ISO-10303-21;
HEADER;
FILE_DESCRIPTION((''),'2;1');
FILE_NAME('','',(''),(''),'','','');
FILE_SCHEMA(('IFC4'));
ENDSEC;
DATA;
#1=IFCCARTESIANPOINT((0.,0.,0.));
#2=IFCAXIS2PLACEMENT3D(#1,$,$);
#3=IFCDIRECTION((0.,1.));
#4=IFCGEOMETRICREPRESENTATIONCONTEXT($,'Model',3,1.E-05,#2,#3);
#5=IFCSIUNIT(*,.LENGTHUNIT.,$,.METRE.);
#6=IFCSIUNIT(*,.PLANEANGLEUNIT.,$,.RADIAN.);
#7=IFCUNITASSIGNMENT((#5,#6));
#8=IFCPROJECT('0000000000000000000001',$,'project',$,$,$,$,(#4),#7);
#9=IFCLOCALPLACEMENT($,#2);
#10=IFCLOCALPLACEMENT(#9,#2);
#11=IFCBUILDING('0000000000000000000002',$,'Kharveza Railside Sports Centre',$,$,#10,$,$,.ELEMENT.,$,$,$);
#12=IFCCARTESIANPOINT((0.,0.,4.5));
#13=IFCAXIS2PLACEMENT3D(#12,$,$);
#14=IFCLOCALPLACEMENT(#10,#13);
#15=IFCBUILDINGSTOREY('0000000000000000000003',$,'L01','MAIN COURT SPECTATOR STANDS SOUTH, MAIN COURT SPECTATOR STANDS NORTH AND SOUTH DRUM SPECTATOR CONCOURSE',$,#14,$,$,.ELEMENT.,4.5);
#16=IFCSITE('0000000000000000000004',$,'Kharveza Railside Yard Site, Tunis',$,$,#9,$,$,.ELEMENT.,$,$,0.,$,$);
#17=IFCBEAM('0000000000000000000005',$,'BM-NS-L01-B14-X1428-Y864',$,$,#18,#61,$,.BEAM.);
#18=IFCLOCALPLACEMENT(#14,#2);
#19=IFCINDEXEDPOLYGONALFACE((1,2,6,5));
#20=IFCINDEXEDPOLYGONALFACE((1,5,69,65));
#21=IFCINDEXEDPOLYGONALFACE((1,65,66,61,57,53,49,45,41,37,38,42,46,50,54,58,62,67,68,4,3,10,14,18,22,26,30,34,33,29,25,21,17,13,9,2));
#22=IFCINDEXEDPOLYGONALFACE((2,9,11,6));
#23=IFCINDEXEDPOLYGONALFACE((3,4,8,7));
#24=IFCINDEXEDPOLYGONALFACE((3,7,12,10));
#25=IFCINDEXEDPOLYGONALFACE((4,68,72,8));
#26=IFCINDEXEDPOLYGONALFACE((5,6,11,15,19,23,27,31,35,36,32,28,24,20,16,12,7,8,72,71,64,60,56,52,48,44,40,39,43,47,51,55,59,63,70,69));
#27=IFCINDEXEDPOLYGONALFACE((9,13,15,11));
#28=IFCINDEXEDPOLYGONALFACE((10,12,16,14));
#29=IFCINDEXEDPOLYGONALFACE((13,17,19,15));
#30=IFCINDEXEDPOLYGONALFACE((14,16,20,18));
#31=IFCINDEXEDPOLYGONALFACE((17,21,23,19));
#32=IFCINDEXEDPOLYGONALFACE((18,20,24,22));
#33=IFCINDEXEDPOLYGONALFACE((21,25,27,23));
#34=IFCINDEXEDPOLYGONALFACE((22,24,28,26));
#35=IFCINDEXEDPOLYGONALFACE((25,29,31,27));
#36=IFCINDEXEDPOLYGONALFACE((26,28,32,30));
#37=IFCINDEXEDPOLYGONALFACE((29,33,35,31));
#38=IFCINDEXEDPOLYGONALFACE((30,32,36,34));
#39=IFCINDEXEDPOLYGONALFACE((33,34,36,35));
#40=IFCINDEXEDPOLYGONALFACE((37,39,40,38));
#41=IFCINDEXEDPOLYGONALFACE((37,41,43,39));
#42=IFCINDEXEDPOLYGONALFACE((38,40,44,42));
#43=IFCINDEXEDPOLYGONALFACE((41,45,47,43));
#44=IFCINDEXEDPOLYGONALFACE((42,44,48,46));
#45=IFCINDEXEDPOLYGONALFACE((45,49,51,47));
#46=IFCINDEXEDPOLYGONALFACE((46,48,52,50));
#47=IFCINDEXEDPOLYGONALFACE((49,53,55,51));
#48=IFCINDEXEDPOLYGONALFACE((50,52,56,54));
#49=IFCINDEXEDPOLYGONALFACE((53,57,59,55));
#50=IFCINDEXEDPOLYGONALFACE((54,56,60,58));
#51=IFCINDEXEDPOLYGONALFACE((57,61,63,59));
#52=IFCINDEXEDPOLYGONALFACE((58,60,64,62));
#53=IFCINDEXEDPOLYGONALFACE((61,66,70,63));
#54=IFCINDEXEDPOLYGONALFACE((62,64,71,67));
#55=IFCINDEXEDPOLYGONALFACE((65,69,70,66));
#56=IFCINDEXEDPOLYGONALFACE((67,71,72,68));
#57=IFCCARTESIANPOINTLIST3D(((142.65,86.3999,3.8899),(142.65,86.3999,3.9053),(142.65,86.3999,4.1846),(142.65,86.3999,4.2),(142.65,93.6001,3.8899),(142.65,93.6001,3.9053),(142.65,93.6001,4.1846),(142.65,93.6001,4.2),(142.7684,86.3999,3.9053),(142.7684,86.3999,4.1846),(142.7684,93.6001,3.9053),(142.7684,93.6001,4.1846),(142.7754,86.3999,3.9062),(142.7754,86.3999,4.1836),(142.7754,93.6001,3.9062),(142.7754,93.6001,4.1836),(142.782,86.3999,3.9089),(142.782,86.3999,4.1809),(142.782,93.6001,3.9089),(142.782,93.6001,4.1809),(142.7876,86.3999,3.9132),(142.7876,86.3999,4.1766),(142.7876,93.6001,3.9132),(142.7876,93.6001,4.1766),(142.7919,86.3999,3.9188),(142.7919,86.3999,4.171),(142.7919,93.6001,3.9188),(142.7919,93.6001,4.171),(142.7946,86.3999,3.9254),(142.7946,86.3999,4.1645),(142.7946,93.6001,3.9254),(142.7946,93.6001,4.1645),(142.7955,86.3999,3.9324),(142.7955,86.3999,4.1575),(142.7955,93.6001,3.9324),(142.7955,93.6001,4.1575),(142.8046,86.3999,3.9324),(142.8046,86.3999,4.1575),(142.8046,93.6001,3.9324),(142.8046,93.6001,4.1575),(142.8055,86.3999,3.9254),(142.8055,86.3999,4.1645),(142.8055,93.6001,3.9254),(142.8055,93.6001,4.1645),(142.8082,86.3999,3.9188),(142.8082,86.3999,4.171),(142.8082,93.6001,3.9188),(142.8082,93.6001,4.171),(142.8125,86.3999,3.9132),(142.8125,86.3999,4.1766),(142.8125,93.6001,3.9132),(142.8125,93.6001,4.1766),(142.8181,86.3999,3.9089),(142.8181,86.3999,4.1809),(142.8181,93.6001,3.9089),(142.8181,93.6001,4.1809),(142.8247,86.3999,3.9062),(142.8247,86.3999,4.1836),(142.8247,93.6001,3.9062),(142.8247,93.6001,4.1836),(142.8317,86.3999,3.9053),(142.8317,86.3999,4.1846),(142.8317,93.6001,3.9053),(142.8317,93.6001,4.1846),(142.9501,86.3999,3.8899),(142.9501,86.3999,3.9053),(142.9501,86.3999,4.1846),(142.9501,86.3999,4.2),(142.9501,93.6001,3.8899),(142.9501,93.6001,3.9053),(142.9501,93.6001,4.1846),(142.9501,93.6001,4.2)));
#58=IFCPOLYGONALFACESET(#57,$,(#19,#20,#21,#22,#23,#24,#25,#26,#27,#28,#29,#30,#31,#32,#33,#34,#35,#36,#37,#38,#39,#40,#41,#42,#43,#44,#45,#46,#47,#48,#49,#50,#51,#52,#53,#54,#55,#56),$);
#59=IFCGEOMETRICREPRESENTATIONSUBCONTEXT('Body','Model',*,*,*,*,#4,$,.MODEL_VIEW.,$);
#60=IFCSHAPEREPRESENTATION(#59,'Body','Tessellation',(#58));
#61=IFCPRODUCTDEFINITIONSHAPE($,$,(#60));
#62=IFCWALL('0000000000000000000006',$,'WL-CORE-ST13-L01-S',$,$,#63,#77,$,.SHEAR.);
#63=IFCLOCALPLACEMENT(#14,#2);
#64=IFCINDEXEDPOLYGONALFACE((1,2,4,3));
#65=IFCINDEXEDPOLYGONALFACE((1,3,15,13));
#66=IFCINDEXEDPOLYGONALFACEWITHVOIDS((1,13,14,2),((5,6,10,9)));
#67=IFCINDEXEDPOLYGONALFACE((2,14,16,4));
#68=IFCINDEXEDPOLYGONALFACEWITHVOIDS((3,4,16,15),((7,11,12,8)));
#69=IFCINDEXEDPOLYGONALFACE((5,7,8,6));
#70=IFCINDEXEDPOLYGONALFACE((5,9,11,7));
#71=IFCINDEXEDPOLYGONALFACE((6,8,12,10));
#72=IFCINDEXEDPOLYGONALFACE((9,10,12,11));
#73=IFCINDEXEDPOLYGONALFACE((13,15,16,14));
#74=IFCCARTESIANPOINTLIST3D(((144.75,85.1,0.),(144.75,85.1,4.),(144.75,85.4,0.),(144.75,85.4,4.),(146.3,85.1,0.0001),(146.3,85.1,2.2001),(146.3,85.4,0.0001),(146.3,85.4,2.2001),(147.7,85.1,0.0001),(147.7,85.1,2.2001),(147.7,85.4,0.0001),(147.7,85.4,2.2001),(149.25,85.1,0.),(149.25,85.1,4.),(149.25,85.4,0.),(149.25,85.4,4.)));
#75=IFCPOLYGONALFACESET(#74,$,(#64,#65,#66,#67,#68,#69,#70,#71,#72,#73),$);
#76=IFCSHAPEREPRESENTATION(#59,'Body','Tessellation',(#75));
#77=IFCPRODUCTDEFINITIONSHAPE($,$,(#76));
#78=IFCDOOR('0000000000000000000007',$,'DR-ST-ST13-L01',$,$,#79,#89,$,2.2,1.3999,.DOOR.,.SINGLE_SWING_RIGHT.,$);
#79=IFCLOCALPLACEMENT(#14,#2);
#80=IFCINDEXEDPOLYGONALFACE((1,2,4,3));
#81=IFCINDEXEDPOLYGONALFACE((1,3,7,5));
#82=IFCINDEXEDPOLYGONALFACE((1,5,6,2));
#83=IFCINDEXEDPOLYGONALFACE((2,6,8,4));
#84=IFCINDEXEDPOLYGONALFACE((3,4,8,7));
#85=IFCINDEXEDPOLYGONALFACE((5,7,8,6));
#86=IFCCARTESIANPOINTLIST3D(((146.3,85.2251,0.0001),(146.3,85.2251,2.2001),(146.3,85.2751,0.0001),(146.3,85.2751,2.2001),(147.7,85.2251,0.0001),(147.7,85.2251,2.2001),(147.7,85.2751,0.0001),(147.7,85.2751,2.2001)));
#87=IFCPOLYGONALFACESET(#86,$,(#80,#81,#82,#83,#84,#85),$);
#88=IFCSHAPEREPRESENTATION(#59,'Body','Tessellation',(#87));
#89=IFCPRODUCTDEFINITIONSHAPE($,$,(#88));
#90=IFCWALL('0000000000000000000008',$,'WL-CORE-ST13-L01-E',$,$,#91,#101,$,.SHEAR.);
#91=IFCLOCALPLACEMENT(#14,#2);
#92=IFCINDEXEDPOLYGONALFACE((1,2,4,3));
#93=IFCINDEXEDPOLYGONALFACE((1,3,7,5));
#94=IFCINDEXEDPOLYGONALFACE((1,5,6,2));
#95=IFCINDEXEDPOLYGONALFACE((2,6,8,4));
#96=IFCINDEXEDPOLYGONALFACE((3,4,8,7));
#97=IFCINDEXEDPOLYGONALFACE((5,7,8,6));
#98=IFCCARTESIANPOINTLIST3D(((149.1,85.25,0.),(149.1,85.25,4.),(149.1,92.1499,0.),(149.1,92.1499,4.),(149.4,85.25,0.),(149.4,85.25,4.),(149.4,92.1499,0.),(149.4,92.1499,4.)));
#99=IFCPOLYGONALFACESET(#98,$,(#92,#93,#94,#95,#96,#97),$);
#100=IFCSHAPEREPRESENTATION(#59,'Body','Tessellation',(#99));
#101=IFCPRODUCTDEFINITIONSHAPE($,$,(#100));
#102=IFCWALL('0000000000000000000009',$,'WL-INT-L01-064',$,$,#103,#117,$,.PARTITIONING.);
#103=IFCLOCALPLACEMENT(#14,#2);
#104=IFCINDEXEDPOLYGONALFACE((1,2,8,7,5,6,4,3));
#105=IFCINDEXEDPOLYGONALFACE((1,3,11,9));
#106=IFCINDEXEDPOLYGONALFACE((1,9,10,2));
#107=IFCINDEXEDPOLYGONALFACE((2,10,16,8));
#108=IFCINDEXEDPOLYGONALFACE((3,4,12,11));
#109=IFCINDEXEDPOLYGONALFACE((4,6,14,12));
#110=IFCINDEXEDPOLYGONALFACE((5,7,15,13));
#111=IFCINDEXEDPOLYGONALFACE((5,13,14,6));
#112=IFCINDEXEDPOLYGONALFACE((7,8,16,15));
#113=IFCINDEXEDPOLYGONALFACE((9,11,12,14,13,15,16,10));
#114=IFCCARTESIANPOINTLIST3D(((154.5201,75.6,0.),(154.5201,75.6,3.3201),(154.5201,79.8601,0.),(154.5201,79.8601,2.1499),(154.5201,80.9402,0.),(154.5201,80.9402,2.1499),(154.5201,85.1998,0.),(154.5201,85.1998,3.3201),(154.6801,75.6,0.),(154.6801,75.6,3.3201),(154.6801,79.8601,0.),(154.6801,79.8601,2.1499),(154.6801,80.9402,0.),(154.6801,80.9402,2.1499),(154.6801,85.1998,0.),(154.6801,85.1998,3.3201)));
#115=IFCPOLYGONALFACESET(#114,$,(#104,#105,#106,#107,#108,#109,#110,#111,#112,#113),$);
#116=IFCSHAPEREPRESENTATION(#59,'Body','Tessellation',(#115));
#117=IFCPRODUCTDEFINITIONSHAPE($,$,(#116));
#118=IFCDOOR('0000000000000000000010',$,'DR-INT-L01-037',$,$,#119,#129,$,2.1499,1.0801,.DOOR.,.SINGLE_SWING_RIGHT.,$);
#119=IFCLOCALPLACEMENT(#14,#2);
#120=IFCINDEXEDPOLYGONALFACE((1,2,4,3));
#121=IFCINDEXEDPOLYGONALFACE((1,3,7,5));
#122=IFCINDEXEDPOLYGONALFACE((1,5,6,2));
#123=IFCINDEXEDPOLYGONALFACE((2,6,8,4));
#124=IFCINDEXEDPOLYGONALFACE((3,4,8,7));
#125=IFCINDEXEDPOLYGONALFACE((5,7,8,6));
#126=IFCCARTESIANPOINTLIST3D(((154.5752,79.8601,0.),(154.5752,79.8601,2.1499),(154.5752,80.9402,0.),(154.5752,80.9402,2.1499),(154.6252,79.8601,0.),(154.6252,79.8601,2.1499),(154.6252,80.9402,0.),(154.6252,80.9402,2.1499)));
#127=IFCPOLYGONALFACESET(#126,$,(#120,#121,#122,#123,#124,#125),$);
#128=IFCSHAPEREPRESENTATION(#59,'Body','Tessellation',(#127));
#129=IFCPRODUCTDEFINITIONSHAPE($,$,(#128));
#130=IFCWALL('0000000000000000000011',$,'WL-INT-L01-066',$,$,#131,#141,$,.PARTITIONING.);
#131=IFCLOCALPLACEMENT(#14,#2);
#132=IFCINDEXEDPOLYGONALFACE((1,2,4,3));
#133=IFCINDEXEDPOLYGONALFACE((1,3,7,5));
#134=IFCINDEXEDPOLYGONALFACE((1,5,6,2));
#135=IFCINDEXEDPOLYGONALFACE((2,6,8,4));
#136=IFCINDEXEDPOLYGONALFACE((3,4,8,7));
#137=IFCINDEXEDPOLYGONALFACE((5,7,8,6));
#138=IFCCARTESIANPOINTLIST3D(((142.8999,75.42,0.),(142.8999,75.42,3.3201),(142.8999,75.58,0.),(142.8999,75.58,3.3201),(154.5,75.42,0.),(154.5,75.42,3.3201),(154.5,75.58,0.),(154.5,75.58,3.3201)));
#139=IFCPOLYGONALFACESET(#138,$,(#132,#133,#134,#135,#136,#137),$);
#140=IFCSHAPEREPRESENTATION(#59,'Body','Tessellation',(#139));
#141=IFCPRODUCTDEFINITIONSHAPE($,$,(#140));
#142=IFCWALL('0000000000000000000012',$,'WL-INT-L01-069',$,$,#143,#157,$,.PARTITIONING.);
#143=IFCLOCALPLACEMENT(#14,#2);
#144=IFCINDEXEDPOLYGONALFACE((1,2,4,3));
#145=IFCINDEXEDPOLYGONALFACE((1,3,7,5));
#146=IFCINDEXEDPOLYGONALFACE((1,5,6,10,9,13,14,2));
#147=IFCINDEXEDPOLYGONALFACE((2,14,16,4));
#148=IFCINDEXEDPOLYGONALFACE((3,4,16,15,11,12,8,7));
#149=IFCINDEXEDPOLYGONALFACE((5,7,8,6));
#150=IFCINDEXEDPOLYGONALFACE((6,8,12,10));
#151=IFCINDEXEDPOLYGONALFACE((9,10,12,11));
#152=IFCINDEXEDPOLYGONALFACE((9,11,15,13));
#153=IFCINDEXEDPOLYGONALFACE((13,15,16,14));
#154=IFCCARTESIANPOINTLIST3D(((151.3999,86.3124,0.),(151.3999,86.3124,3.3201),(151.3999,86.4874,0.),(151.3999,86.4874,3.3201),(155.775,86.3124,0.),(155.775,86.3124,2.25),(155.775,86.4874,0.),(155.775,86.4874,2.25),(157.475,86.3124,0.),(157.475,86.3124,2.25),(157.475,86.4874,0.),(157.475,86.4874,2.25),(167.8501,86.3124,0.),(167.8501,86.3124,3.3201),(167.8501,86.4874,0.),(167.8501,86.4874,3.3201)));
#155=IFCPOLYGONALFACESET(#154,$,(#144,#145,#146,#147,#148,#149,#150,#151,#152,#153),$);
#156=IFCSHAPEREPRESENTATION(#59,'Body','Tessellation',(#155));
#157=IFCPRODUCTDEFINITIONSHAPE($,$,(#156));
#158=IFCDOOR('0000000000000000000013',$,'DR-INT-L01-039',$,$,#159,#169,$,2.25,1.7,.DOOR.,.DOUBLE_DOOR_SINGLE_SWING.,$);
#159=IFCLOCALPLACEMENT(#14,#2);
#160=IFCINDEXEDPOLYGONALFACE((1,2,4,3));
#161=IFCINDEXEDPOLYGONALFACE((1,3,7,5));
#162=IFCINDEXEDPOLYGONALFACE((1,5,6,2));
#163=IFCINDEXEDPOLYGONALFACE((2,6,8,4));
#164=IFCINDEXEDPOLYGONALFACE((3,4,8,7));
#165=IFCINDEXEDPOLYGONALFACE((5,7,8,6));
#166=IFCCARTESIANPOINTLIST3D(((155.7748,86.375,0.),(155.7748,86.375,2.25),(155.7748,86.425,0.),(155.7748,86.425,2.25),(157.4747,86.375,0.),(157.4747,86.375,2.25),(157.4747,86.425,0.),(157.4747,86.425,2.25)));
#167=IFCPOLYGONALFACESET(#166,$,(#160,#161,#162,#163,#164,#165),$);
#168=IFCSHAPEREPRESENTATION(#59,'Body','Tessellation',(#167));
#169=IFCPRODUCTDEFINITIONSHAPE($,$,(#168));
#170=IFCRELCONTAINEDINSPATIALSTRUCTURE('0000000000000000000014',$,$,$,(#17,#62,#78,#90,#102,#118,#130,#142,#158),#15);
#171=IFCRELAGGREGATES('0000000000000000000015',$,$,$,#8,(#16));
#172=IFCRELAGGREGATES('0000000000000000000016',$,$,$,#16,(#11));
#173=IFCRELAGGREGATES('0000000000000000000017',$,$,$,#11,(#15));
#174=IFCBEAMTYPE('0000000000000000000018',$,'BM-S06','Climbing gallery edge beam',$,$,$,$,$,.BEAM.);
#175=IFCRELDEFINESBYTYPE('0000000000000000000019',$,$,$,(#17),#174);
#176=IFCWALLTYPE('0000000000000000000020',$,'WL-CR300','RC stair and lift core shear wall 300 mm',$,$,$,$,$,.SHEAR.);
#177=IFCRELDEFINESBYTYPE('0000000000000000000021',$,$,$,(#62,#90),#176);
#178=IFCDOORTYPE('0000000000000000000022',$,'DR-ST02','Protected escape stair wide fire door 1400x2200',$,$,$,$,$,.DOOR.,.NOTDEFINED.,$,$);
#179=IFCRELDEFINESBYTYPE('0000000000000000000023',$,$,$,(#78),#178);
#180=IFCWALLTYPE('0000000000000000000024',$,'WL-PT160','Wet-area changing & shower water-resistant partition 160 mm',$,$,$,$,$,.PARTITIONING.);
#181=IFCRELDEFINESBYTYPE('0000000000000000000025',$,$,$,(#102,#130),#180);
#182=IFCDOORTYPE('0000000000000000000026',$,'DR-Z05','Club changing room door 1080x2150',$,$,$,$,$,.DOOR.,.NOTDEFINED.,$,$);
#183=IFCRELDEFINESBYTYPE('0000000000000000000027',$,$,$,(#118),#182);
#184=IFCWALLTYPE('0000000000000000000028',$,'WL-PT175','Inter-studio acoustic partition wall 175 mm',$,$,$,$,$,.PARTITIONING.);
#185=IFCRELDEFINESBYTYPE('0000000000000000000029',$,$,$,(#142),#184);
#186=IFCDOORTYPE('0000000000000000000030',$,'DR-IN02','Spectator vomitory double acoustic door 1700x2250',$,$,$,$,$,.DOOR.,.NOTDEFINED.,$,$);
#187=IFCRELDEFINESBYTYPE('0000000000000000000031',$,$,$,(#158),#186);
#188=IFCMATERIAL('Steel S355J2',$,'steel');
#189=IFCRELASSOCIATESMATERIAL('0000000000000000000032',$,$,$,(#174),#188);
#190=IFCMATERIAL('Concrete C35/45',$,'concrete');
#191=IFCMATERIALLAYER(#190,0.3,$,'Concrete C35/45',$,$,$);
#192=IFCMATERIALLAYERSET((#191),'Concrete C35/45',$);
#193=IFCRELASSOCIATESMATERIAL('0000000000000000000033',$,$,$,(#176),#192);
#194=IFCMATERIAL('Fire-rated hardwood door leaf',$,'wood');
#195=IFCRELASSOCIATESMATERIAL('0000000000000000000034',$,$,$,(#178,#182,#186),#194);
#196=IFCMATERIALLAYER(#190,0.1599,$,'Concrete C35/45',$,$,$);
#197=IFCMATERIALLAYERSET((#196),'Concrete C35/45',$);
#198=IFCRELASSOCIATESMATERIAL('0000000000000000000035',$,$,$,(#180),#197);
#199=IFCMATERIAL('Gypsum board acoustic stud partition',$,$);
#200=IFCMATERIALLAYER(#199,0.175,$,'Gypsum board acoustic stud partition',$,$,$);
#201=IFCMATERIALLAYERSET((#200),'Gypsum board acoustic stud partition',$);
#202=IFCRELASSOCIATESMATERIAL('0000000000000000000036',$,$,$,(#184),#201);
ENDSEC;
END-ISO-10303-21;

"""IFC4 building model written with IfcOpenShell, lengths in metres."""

from ifc_helpers import new_model, si_unit, direction, frame, frame_2d, origin, origin_2d, place, context, subcontext, project, spatial, rectangle, i_section, extrude, material, layer, layer_set, material_profile, profile_set, type_object, element, fill, save


model = new_model("IFC4")

# Units and contexts
model_context = context("Model", 3, precision=1e-05, world=origin(), true_north=direction((0.0, 1.0)))
body_context = subcontext(model_context, "Body", "Model", "MODEL_VIEW")
ifc_project = project(units=[si_unit("LENGTHUNIT", "METRE"), si_unit("PLANEANGLEUNIT", "RADIAN")], contexts=[model_context])

# Site, building, storey
site_placement = place(None, origin())
site = spatial("IfcSite", under=ifc_project, at=site_placement, Name="Kharveza Railside Yard Site, Tunis", CompositionType="ELEMENT", RefElevation=0.0)
building_placement = place(site_placement, origin())
building = spatial("IfcBuilding", under=site, at=building_placement, Name="Kharveza Railside Sports Centre", CompositionType="ELEMENT")
storey_placement = place(building_placement, frame((0.0, 0.0, 4.5)))
storey = spatial("IfcBuildingStorey", under=building, at=storey_placement, Name="L01", Description="MAIN COURT SPECTATOR STANDS SOUTH, MAIN COURT SPECTATOR STANDS NORTH AND SOUTH DRUM SPECTATOR CONCOURSE", CompositionType="ELEMENT", Elevation=4.5)

# Shared definitions
ifc_material_1 = material(Name="Steel S355J2", Category="steel")

# Beam
ifc_material_profile_1 = material_profile(ifc_material_1, i_section(OverallWidth=0.3, OverallDepth=0.3101, WebThickness=0.009, FlangeThickness=0.0154, FilletRadius=0.0271, at=origin_2d()), Name="HEA 320")
ifc_profile_set_1 = profile_set([ifc_material_profile_1], Name="Steel S355J2")
beam_type_1 = type_object("IfcBeamType", Name="BM-S06", Description="Climbing gallery edge beam", PredefinedType="BEAM", material=ifc_profile_set_1)
beam_1_placement = place(storey_placement, frame((142.8, 86.3999, 4.0449), z_axis=(0.0, 1.0, 0.0), x_axis=(-1.0, 0.0, 0.0)))
element("IfcBeam", 1, at=beam_1_placement, inside=storey, type_object=beam_type_1, Name="BM-NS-L01-B14-X1428-Y864", PredefinedType="BEAM", context=body_context, shape_type="SweptSolid", body=[
    extrude(i_section(OverallWidth=0.3, OverallDepth=0.3101, WebThickness=0.009, FlangeThickness=0.0154, FilletRadius=0.0271, at=origin_2d()), origin(), (0.0, 0.0, 1.0), 7.2002),
])

# Wall, opening, door
ifc_material_2 = material(Name="Concrete C35/45", Category="concrete")
ifc_layer_1 = layer(ifc_material_2, 0.3, Name="Concrete C35/45")
ifc_layer_set_1 = layer_set([ifc_layer_1], Name="Concrete C35/45")
wall_type_1 = type_object("IfcWallType", Name="WL-CR300", Description="RC stair and lift core shear wall 300 mm", PredefinedType="SHEAR", material=ifc_layer_set_1)
wall_1_placement = place(storey_placement, frame((144.75, 85.25, 0.0), z_axis=(0.0, 0.0, 1.0), x_axis=(1.0, 0.0, 0.0)))
wall_1 = element("IfcWall", 2, at=wall_1_placement, inside=storey, type_object=wall_type_1, Name="WL-CORE-ST13-L01-S", PredefinedType="SHEAR", context=body_context, shape_type="SweptSolid", body=[
    extrude(rectangle(XDim=4.5, YDim=0.3, at=frame_2d((2.25, 0.0))), origin(), (0.0, 0.0, 1.0), 4.0),
])
opening_1_placement = place(wall_1_placement, frame((1.55, 0.0, 0.0)))
opening_1 = element("IfcOpeningElement", 3, at=opening_1_placement, cuts=wall_1, PredefinedType="OPENING", context=body_context, shape_type="SweptSolid", body=[
    extrude(rectangle(XDim=1.3999, YDim=2.2, at=frame_2d((0.7, 1.1001))), frame((0.0, 0.1748, 0.0), z_axis=(0.0, -1.0, 0.0), x_axis=(1.0, 0.0, 0.0)), (0.0, 0.0, 1.0), 0.3499),
])
ifc_material_3 = material(Name="Fire-rated hardwood door leaf", Category="wood")
door_type_1 = type_object("IfcDoorType", Name="DR-ST02", Description="Protected escape stair wide fire door 1400x2200", OperationType="NOTDEFINED", PredefinedType="DOOR", material=ifc_material_3)
door_1_placement = place(opening_1_placement, frame((1.3999, 0.0, 0.0), z_axis=(0.0, 0.0, 1.0), x_axis=(-1.0, 0.0, 0.0)))
door_1 = element("IfcDoor", 4, at=door_1_placement, inside=storey, type_object=door_type_1, Name="DR-ST-ST13-L01", OperationType="SINGLE_SWING_RIGHT", OverallHeight=2.2, OverallWidth=1.3999, PredefinedType="DOOR", context=body_context, shape_type="SweptSolid", body=[
    extrude(rectangle(XDim=1.3999, YDim=2.2, at=frame_2d((0.7, 1.1001))), frame((0.0, 0.0249, 0.0), z_axis=(0.0, -1.0, 0.0), x_axis=(1.0, 0.0, 0.0)), (0.0, 0.0, 1.0), 0.05),
])
fill(opening_1, door_1)

# Wall
wall_2_placement = place(storey_placement, frame((149.25, 85.25, 0.0), z_axis=(0.0, 0.0, 1.0), x_axis=(0.0, 1.0, 0.0)))
element("IfcWall", 5, at=wall_2_placement, inside=storey, type_object=wall_type_1, Name="WL-CORE-ST13-L01-E", PredefinedType="SHEAR", context=body_context, shape_type="SweptSolid", body=[
    extrude(rectangle(XDim=6.8999, YDim=0.3, at=frame_2d((3.45, 0.0))), origin(), (0.0, 0.0, 1.0), 4.0),
])

# Wall, opening, door
ifc_layer_2 = layer(ifc_material_2, 0.1599, Name="Concrete C35/45")
ifc_layer_set_2 = layer_set([ifc_layer_2], Name="Concrete C35/45")
wall_type_2 = type_object("IfcWallType", Name="WL-PT160", Description="Wet-area changing & shower water-resistant partition 160 mm", PredefinedType="PARTITIONING", material=ifc_layer_set_2)
wall_3_placement = place(storey_placement, frame((154.6001, 75.6001, 0.0), z_axis=(0.0, 0.0, 1.0), x_axis=(0.0, 1.0, 0.0)))
wall_3 = element("IfcWall", 6, at=wall_3_placement, inside=storey, type_object=wall_type_2, Name="WL-INT-L01-064", PredefinedType="PARTITIONING", context=body_context, shape_type="SweptSolid", body=[
    extrude(rectangle(XDim=9.5999, YDim=0.1599, at=frame_2d((4.7998, 0.0))), origin(), (0.0, 0.0, 1.0), 3.3201),
])
opening_2_placement = place(wall_3_placement, frame((4.26, 0.0, 0.0)))
opening_2 = element("IfcOpeningElement", 7, at=opening_2_placement, cuts=wall_3, PredefinedType="OPENING", context=body_context, shape_type="SweptSolid", body=[
    extrude(rectangle(XDim=1.0801, YDim=2.1499, at=frame_2d((0.54, 1.075))), frame((0.0, 0.105, 0.0), z_axis=(0.0, -1.0, 0.0), x_axis=(1.0, 0.0, 0.0)), (0.0, 0.0, 1.0), 0.2097),
])
door_type_2 = type_object("IfcDoorType", Name="DR-Z05", Description="Club changing room door 1080x2150", OperationType="NOTDEFINED", PredefinedType="DOOR", material=ifc_material_3)
door_2_placement = place(opening_2_placement, origin())
door_2 = element("IfcDoor", 8, at=door_2_placement, inside=storey, type_object=door_type_2, Name="DR-INT-L01-037", OperationType="SINGLE_SWING_RIGHT", OverallHeight=2.1499, OverallWidth=1.0801, PredefinedType="DOOR", context=body_context, shape_type="SweptSolid", body=[
    extrude(rectangle(XDim=1.0801, YDim=2.1499, at=frame_2d((0.54, 1.075))), frame((0.0, 0.0249, 0.0), z_axis=(0.0, -1.0, 0.0), x_axis=(1.0, 0.0, 0.0)), (0.0, 0.0, 1.0), 0.05),
])
fill(opening_2, door_2)

# Wall
wall_4_placement = place(storey_placement, frame((142.8999, 75.5, 0.0), z_axis=(0.0, 0.0, 1.0), x_axis=(1.0, 0.0, 0.0)))
element("IfcWall", 9, at=wall_4_placement, inside=storey, type_object=wall_type_2, Name="WL-INT-L01-066", PredefinedType="PARTITIONING", context=body_context, shape_type="SweptSolid", body=[
    extrude(rectangle(XDim=11.6001, YDim=0.1599, at=frame_2d((5.8, 0.0))), origin(), (0.0, 0.0, 1.0), 3.3201),
])

# Wall, opening, door
ifc_material_4 = material(Name="Gypsum board acoustic stud partition")
ifc_layer_3 = layer(ifc_material_4, 0.175, Name="Gypsum board acoustic stud partition")
ifc_layer_set_3 = layer_set([ifc_layer_3], Name="Gypsum board acoustic stud partition")
wall_type_3 = type_object("IfcWallType", Name="WL-PT175", Description="Inter-studio acoustic partition wall 175 mm", PredefinedType="PARTITIONING", material=ifc_layer_set_3)
wall_5_placement = place(storey_placement, frame((151.3999, 86.3999, 0.0), z_axis=(0.0, 0.0, 1.0), x_axis=(1.0, 0.0, 0.0)))
wall_5 = element("IfcWall", 10, at=wall_5_placement, inside=storey, type_object=wall_type_3, Name="WL-INT-L01-069", PredefinedType="PARTITIONING", context=body_context, shape_type="SweptSolid", body=[
    extrude(rectangle(XDim=16.4502, YDim=0.175, at=frame_2d((8.2251, 0.0))), origin(), (0.0, 0.0, 1.0), 3.3201),
])
opening_3_placement = place(wall_5_placement, frame((4.375, 0.0, 0.0)))
opening_3 = element("IfcOpeningElement", 11, at=opening_3_placement, cuts=wall_5, PredefinedType="OPENING", context=body_context, shape_type="SweptSolid", body=[
    extrude(rectangle(XDim=1.7, YDim=2.25, at=frame_2d((0.8501, 1.125))), frame((0.0, 0.1123, 0.0), z_axis=(0.0, -1.0, 0.0), x_axis=(1.0, 0.0, 0.0)), (0.0, 0.0, 1.0), 0.2249),
])
door_type_3 = type_object("IfcDoorType", Name="DR-IN02", Description="Spectator vomitory double acoustic door 1700x2250", OperationType="NOTDEFINED", PredefinedType="DOOR", material=ifc_material_3)
door_3_placement = place(opening_3_placement, frame((1.7, 0.0, 0.0), z_axis=(0.0, 0.0, 1.0), x_axis=(-1.0, 0.0, 0.0)))
door_3 = element("IfcDoor", 12, at=door_3_placement, inside=storey, type_object=door_type_3, Name="DR-INT-L01-039", OperationType="DOUBLE_DOOR_SINGLE_SWING", OverallHeight=2.25, OverallWidth=1.7, PredefinedType="DOOR", context=body_context, shape_type="SweptSolid", body=[
    extrude(rectangle(XDim=1.7, YDim=2.25, at=frame_2d((0.8501, 1.125))), frame((0.0, 0.0249, 0.0), z_axis=(0.0, -1.0, 0.0), x_axis=(1.0, 0.0, 0.0)), (0.0, 0.0, 1.0), 0.05),
])
fill(opening_3, door_3)

save(model, "model.ifc")
